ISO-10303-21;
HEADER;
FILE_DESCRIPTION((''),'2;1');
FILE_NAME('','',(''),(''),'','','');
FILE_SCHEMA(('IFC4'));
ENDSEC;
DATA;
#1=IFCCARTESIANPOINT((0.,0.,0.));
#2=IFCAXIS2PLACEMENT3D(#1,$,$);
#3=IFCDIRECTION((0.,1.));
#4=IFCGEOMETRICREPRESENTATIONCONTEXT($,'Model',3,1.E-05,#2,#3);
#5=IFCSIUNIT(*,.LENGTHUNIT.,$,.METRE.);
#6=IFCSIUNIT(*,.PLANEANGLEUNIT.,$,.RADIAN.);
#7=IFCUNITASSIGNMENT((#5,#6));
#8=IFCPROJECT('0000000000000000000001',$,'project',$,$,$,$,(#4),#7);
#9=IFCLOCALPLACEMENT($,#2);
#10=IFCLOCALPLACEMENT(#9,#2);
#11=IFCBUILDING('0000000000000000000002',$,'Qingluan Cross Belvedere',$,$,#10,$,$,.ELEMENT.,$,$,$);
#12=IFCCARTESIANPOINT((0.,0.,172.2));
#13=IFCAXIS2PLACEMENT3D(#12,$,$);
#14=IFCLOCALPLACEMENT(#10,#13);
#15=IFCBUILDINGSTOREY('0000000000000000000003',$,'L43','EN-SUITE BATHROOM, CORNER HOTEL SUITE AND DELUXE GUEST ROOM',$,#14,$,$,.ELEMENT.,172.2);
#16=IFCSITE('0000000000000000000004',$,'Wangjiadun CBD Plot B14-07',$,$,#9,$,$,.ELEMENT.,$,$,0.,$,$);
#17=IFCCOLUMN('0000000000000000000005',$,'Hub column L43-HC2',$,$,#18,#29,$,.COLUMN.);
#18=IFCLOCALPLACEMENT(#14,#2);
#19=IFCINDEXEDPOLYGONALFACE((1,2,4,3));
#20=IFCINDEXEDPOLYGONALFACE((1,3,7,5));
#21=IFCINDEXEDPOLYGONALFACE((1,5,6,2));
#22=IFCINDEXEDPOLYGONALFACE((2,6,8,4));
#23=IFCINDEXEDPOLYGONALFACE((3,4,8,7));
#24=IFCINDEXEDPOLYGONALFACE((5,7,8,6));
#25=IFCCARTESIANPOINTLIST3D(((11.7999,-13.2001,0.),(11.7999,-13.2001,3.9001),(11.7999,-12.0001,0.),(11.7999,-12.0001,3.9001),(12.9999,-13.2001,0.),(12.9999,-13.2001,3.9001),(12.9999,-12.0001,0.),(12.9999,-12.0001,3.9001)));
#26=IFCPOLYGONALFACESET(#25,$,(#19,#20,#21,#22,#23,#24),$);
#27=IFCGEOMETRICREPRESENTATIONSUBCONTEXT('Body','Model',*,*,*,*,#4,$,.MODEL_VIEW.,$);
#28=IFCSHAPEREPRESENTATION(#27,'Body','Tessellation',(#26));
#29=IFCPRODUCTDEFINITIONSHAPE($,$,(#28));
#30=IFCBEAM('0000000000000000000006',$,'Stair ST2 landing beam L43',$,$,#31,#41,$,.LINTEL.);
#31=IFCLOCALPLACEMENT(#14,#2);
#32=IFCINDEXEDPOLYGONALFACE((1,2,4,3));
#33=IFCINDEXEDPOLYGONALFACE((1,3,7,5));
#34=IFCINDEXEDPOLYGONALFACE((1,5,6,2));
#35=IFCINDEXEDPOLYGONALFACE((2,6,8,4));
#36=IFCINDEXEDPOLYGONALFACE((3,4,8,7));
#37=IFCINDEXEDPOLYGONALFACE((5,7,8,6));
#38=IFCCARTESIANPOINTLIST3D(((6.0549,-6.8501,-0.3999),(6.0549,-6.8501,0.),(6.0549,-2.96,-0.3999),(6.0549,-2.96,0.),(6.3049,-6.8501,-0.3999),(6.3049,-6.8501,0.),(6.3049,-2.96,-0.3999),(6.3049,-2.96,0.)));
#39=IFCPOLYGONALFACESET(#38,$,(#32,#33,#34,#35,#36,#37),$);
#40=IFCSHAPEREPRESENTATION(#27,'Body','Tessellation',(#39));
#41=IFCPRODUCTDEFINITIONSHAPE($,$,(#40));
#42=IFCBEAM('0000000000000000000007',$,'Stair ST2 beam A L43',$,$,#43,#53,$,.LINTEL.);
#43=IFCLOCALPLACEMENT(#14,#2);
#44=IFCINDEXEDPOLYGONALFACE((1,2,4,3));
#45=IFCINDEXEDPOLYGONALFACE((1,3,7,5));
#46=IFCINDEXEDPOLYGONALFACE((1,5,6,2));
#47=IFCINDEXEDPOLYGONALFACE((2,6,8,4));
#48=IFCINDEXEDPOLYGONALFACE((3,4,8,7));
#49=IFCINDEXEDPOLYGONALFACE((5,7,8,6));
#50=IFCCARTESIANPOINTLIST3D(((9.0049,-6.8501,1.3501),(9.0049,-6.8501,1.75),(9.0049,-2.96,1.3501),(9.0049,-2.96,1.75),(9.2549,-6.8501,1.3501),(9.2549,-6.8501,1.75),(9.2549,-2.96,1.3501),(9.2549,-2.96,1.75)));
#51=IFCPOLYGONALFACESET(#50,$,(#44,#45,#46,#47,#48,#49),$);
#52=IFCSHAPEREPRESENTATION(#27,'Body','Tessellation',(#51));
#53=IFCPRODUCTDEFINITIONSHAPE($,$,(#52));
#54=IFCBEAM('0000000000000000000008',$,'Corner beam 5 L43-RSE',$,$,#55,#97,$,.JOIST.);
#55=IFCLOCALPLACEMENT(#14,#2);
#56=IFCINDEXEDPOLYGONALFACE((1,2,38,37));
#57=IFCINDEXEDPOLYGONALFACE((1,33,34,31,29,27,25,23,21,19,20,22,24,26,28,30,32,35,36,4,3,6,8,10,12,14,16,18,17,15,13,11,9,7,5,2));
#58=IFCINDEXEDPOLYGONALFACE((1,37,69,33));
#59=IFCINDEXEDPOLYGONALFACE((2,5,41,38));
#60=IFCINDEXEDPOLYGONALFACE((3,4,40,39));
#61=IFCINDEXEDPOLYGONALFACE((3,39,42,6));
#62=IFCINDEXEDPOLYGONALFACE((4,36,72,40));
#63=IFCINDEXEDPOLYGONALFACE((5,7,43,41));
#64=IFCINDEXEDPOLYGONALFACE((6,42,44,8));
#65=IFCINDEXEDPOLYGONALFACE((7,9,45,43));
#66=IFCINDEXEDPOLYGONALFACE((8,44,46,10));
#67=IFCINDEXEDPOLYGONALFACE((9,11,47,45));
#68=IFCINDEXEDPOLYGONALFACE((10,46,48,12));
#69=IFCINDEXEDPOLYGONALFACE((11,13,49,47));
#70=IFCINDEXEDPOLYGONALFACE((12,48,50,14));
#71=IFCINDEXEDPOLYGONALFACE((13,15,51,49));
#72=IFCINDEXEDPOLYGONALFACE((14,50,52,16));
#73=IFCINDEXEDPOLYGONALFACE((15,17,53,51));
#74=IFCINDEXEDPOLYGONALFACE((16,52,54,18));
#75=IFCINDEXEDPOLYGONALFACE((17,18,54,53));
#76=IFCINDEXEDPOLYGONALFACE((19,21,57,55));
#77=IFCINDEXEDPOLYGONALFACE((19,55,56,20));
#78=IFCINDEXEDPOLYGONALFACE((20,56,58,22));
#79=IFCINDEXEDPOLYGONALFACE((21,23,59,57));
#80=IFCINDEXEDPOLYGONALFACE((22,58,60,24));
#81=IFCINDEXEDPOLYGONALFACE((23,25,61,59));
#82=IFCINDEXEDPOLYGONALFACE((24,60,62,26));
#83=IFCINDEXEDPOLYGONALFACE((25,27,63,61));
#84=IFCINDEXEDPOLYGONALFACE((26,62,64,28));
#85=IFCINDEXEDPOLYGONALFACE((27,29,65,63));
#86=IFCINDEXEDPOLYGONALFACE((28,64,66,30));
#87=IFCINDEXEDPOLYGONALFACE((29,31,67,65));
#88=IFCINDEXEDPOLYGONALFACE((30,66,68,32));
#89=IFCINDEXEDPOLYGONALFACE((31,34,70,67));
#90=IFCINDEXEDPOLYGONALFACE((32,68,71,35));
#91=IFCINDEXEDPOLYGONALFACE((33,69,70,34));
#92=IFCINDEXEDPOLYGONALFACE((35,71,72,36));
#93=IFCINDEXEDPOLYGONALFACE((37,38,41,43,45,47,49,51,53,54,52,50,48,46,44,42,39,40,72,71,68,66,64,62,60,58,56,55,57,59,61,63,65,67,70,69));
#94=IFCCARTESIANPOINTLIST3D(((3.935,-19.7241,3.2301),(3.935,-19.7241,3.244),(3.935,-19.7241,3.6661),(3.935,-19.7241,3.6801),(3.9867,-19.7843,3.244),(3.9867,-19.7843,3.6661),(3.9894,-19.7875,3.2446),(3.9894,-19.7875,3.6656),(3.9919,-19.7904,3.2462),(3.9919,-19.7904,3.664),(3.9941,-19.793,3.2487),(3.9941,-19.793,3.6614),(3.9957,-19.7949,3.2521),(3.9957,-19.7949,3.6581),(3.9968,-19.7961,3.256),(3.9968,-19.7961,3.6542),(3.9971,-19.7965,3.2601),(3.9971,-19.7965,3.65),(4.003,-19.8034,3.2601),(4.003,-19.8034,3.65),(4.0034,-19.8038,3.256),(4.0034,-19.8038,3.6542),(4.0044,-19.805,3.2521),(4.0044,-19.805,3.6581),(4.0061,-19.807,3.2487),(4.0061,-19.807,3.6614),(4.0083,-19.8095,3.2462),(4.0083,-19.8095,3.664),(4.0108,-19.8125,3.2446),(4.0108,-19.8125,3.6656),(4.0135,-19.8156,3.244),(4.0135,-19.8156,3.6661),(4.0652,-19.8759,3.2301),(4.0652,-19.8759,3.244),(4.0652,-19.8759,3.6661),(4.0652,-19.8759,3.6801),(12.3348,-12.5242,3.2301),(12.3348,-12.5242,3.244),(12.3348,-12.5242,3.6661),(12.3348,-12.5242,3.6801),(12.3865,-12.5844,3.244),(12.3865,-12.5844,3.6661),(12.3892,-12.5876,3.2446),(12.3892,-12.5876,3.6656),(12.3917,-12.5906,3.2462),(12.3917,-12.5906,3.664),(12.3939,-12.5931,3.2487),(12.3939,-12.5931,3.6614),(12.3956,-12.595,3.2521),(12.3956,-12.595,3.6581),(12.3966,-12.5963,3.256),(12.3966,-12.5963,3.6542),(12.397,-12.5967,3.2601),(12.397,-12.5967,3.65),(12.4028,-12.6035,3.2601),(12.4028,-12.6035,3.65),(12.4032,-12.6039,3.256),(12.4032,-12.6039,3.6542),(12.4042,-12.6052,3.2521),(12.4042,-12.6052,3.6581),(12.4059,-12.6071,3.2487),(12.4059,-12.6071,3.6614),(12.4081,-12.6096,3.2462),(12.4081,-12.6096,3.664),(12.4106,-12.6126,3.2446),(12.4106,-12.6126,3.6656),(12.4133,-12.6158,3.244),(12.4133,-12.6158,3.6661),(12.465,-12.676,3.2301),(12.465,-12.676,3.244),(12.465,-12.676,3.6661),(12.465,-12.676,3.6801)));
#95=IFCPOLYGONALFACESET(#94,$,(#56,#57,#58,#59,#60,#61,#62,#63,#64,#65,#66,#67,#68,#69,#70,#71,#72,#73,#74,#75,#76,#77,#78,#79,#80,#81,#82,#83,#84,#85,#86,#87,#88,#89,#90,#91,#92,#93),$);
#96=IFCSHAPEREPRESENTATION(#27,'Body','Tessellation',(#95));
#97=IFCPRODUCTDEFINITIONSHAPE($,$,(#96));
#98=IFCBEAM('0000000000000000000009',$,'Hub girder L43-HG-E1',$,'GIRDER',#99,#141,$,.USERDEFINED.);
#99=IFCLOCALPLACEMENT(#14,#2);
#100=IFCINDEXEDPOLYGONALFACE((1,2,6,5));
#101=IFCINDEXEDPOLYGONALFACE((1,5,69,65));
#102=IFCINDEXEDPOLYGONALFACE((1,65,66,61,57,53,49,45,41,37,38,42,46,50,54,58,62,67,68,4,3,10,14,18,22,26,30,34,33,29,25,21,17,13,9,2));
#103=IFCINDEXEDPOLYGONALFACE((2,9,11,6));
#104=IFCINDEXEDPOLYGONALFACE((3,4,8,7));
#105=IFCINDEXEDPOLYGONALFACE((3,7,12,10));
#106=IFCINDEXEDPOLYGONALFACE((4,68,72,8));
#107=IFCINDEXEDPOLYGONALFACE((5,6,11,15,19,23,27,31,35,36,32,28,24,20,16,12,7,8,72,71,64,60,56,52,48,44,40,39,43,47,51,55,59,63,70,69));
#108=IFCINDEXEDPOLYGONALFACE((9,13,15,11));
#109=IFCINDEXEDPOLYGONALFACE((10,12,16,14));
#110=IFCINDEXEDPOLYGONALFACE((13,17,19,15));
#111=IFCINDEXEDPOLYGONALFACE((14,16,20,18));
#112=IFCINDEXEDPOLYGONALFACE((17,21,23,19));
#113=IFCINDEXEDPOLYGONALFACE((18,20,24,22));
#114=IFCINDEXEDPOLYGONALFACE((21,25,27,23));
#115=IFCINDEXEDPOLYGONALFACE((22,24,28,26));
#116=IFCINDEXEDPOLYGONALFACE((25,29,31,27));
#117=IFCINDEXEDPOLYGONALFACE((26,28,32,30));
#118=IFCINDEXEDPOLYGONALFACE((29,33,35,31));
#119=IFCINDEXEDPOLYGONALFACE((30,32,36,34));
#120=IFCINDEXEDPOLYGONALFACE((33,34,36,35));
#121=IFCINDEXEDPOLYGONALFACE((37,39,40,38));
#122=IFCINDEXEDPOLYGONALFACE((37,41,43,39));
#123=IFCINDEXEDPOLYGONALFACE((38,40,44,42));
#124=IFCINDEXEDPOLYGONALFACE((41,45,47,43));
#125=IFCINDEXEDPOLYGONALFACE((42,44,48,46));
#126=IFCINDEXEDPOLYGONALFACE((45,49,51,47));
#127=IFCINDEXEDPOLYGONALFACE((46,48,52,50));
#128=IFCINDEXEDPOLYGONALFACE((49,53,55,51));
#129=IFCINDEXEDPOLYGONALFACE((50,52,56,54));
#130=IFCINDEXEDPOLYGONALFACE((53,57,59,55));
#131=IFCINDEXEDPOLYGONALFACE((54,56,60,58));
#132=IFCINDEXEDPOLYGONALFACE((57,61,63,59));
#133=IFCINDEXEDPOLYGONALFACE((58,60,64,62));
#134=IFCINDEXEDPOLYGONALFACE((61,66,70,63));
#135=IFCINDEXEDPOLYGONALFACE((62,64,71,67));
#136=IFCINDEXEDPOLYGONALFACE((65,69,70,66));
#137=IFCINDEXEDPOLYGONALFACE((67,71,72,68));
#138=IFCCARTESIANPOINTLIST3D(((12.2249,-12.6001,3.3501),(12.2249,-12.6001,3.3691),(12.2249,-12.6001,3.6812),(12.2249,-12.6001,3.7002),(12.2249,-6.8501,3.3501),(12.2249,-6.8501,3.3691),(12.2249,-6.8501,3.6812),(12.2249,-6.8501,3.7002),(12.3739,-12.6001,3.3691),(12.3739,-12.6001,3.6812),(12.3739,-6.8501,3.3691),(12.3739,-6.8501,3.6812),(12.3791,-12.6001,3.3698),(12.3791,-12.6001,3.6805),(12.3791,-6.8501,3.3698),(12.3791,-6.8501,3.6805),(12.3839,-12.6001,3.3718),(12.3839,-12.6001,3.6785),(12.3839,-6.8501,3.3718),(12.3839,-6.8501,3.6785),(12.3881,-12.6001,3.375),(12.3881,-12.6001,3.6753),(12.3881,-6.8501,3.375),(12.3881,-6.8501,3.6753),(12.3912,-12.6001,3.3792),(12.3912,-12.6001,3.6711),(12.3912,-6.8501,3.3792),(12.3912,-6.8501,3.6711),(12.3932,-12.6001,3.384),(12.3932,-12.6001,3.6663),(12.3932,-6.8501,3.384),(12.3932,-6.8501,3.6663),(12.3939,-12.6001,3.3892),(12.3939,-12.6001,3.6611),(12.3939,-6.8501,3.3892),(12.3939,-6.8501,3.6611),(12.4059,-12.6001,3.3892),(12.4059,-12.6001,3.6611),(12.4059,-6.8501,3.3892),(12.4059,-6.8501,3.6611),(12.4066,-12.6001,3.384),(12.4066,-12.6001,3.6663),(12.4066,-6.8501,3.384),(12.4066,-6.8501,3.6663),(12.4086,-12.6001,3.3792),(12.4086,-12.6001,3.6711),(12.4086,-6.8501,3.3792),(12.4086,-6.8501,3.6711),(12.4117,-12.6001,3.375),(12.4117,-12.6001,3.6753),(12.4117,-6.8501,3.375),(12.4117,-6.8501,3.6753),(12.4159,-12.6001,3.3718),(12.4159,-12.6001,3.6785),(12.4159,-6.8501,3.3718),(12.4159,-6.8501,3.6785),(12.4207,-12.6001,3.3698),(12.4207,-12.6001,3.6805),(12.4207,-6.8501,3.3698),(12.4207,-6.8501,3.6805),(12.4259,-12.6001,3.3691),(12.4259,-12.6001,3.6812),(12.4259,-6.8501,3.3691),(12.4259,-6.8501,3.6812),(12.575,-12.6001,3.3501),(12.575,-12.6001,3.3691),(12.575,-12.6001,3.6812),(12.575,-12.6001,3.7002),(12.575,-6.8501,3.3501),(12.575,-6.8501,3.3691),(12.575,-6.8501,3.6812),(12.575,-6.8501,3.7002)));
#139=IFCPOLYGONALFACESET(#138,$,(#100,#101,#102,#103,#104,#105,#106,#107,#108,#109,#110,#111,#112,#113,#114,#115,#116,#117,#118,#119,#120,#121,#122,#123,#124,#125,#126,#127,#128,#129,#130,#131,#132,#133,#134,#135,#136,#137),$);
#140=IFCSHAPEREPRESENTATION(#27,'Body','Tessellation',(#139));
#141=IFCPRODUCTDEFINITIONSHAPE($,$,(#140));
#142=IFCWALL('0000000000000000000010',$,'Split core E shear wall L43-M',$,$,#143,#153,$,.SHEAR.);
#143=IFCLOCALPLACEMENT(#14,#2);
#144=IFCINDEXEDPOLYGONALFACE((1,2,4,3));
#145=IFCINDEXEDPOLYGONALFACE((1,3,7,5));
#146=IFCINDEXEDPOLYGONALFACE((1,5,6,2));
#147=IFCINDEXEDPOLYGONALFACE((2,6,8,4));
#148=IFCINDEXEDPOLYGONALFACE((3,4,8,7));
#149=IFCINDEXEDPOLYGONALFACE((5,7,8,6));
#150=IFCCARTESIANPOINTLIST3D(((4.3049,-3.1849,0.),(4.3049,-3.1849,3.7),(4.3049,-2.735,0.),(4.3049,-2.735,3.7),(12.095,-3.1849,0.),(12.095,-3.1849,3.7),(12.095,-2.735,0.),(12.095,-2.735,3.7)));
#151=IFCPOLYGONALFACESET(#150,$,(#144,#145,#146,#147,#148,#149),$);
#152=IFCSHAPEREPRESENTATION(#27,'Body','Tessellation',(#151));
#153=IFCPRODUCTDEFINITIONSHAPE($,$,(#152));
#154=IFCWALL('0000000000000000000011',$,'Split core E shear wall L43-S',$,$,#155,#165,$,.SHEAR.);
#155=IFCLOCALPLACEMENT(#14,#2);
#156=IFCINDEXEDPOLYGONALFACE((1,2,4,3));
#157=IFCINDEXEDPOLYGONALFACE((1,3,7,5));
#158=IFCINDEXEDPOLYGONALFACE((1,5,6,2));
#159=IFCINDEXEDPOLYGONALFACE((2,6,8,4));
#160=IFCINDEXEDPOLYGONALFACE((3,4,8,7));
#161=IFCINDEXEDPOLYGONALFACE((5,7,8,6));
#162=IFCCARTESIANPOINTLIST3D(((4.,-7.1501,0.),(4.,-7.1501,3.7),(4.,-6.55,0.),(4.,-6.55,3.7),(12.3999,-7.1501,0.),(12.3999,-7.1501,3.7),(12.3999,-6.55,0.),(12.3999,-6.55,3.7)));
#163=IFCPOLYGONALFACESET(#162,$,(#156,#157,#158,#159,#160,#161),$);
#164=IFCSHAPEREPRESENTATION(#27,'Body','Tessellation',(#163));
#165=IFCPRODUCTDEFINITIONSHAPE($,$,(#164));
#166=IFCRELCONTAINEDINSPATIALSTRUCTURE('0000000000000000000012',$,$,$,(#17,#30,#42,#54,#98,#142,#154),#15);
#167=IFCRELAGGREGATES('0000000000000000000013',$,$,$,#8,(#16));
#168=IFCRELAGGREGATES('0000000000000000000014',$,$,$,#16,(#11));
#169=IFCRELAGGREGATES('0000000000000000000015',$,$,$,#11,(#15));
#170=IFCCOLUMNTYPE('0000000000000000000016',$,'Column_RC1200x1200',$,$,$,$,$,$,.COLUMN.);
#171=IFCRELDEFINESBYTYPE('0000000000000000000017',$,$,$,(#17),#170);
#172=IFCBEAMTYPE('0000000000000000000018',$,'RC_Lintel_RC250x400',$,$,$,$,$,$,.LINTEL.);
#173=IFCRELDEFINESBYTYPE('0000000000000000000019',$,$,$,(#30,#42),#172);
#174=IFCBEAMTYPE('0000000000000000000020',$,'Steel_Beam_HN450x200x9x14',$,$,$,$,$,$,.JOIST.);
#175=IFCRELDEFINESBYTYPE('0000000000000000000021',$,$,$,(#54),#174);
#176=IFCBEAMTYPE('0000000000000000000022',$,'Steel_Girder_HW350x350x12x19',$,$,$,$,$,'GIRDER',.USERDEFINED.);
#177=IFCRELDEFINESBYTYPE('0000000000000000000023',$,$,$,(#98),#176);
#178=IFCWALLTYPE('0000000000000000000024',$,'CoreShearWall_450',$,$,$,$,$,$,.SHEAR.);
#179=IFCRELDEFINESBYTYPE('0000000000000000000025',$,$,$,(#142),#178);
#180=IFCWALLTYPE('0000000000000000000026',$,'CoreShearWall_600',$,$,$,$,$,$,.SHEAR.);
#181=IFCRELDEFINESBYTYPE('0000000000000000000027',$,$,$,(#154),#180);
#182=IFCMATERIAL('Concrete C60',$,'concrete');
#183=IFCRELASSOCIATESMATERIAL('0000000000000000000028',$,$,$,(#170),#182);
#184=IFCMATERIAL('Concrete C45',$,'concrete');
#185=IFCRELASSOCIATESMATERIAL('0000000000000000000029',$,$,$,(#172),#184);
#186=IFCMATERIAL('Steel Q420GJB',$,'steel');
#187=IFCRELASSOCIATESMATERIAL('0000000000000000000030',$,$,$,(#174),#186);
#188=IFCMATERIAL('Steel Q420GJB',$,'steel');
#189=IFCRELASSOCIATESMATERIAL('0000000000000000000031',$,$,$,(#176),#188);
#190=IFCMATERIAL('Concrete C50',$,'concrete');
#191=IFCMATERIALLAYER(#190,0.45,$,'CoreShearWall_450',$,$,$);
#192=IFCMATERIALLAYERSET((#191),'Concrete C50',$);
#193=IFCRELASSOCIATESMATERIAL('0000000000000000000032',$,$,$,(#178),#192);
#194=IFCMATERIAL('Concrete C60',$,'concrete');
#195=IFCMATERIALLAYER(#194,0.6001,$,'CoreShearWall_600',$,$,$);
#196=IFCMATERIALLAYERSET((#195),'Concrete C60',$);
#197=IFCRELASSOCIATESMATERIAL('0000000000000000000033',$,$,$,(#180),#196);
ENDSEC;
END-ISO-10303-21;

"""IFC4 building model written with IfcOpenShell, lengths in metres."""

from ifc_helpers import new_model, si_unit, direction, frame, frame_2d, origin, origin_2d, place, context, subcontext, project, spatial, rectangle, i_section, extrude, material, layer, layer_set, material_profile, profile_set, type_object, element, save


model = new_model("IFC4")

# Units and contexts
model_context = context("Model", 3, precision=1e-05, world=origin(), true_north=direction((0.0, 1.0)))
body_context = subcontext(model_context, "Body", "Model", "MODEL_VIEW")
ifc_project = project(units=[si_unit("LENGTHUNIT", "METRE"), si_unit("PLANEANGLEUNIT", "RADIAN")], contexts=[model_context])

# Site, building, storey
site_placement = place(None, origin())
site = spatial("IfcSite", under=ifc_project, at=site_placement, Name="Wangjiadun CBD Plot B14-07", CompositionType="ELEMENT", RefElevation=0.0)
building_placement = place(site_placement, origin())
building = spatial("IfcBuilding", under=site, at=building_placement, Name="Qingluan Cross Belvedere", CompositionType="ELEMENT")
storey_placement = place(building_placement, frame((0.0, 0.0, 172.2)))
storey = spatial("IfcBuildingStorey", under=building, at=storey_placement, Name="L43", Description="EN-SUITE BATHROOM, CORNER HOTEL SUITE AND DELUXE GUEST ROOM", CompositionType="ELEMENT", Elevation=172.2)

# Column
ifc_material_1 = material(Name="Concrete C60", Category="concrete")
ifc_material_profile_1 = material_profile(ifc_material_1, rectangle(XDim=1.2, YDim=1.2, at=origin_2d()), Name="RC1200x1200")
ifc_profile_set_1 = profile_set([ifc_material_profile_1], Name="Concrete C60")
column_type = type_object("IfcColumnType", Name="Column_RC1200x1200", PredefinedType="COLUMN", material=ifc_profile_set_1)
column_placement = place(storey_placement, frame((12.3999, -12.6001, 0.0), z_axis=(0.0, 0.0, 1.0), x_axis=(1.0, 0.0, 0.0)))
element("IfcColumn", 1, at=column_placement, inside=storey, type_object=column_type, Name="Hub column L43-HC2", PredefinedType="COLUMN", context=body_context, shape_type="SweptSolid", body=[
    extrude(rectangle(XDim=1.2, YDim=1.2, at=origin_2d()), origin(), (0.0, 0.0, 1.0), 3.9001),
])

# Beams
ifc_material_2 = material(Name="Concrete C45", Category="concrete")
ifc_material_profile_2 = material_profile(ifc_material_2, rectangle(XDim=0.25, YDim=0.3999, at=origin_2d()), Name="RC250x400")
ifc_profile_set_2 = profile_set([ifc_material_profile_2], Name="Concrete C45")
beam_type_1 = type_object("IfcBeamType", Name="RC_Lintel_RC250x400", PredefinedType="LINTEL", material=ifc_profile_set_2)
for number, where, z_axis, x_axis, name in (
    (2, (6.1799, -6.8501, -0.2), (0.0, 1.0, 0.0), (-1.0, 0.0, 0.0), "Stair ST2 landing beam L43"),
    (3, (9.1299, -6.8501, 1.55), (0.0, 1.0, 0.0), (-1.0, 0.0, 0.0), "Stair ST2 beam A L43"),
):
    element("IfcBeam", number, at=place(storey_placement, frame(where, z_axis=z_axis, x_axis=x_axis)), inside=storey, type_object=beam_type_1, Name=name, PredefinedType="LINTEL", context=body_context, shape_type="SweptSolid", body=[
        extrude(rectangle(XDim=0.25, YDim=0.3999, at=origin_2d()), origin(), (0.0, 0.0, 1.0), 3.8901),
    ])
ifc_material_3 = material(Name="Steel Q420GJB", Category="steel")
ifc_material_profile_3 = material_profile(ifc_material_3, i_section(OverallWidth=0.2, OverallDepth=0.45, WebThickness=0.009, FlangeThickness=0.0139, FilletRadius=0.0161, at=origin_2d()), Name="HN450x200x9x14")
ifc_profile_set_3 = profile_set([ifc_material_profile_3], Name="Steel Q420GJB")
beam_type_2 = type_object("IfcBeamType", Name="Steel_Beam_HN450x200x9x14", PredefinedType="JOIST", material=ifc_profile_set_3)
beam_1_placement = place(storey_placement, frame((12.3999, -12.6001, 3.4551), z_axis=(-0.759255, -0.650793, 0.0), x_axis=(0.650793, -0.759255, 0.0)))
element("IfcBeam", 4, at=beam_1_placement, inside=storey, type_object=beam_type_2, Name="Corner beam 5 L43-RSE", PredefinedType="JOIST", context=body_context, shape_type="SweptSolid", body=[
    extrude(i_section(OverallWidth=0.2, OverallDepth=0.45, WebThickness=0.009, FlangeThickness=0.0139, FilletRadius=0.0161, at=origin_2d()), origin(), (0.0, 0.0, 1.0), 11.0632),
])
ifc_material_4 = material(Name="Steel Q420GJB", Category="steel")
ifc_material_profile_4 = material_profile(ifc_material_4, i_section(OverallWidth=0.3501, OverallDepth=0.3501, WebThickness=0.012, FlangeThickness=0.019, FilletRadius=0.02, at=origin_2d()), Name="HW350x350x12x19")
ifc_profile_set_4 = profile_set([ifc_material_profile_4], Name="Steel Q420GJB")
beam_type_3 = type_object("IfcBeamType", Name="Steel_Girder_HW350x350x12x19", ElementType="GIRDER", PredefinedType="USERDEFINED", material=ifc_profile_set_4)
beam_2_placement = place(storey_placement, frame((12.3999, -12.6001, 3.5251), z_axis=(0.0, 1.0, 0.0), x_axis=(-1.0, 0.0, 0.0)))
element("IfcBeam", 5, at=beam_2_placement, inside=storey, type_object=beam_type_3, Name="Hub girder L43-HG-E1", ObjectType="GIRDER", PredefinedType="USERDEFINED", context=body_context, shape_type="SweptSolid", body=[
    extrude(i_section(OverallWidth=0.3501, OverallDepth=0.3501, WebThickness=0.012, FlangeThickness=0.019, FilletRadius=0.02, at=origin_2d()), origin(), (0.0, 0.0, 1.0), 5.75),
])

# Walls
ifc_material_5 = material(Name="Concrete C50", Category="concrete")
ifc_layer_1 = layer(ifc_material_5, 0.45, Name="CoreShearWall_450")
ifc_layer_set_1 = layer_set([ifc_layer_1], Name="Concrete C50")
wall_type_1 = type_object("IfcWallType", Name="CoreShearWall_450", PredefinedType="SHEAR", material=ifc_layer_set_1)
wall_1_placement = place(storey_placement, frame((4.3049, -2.96, 0.0), z_axis=(0.0, 0.0, 1.0), x_axis=(1.0, 0.0, 0.0)))
element("IfcWall", 6, at=wall_1_placement, inside=storey, type_object=wall_type_1, Name="Split core E shear wall L43-M", PredefinedType="SHEAR", context=body_context, shape_type="SweptSolid", body=[
    extrude(rectangle(XDim=7.79, YDim=0.45, at=frame_2d((3.895, 0.0))), origin(), (0.0, 0.0, 1.0), 3.7),
])
ifc_material_6 = material(Name="Concrete C60", Category="concrete")
ifc_layer_2 = layer(ifc_material_6, 0.6001, Name="CoreShearWall_600")
ifc_layer_set_2 = layer_set([ifc_layer_2], Name="Concrete C60")
wall_type_2 = type_object("IfcWallType", Name="CoreShearWall_600", PredefinedType="SHEAR", material=ifc_layer_set_2)
wall_2_placement = place(storey_placement, frame((4.0, -6.8501, 0.0), z_axis=(0.0, 0.0, 1.0), x_axis=(1.0, 0.0, 0.0)))
element("IfcWall", 7, at=wall_2_placement, inside=storey, type_object=wall_type_2, Name="Split core E shear wall L43-S", PredefinedType="SHEAR", context=body_context, shape_type="SweptSolid", body=[
    extrude(rectangle(XDim=8.3999, YDim=0.6001, at=frame_2d((4.2, 0.0))), origin(), (0.0, 0.0, 1.0), 3.7),
])

save(model, "model.ifc")
